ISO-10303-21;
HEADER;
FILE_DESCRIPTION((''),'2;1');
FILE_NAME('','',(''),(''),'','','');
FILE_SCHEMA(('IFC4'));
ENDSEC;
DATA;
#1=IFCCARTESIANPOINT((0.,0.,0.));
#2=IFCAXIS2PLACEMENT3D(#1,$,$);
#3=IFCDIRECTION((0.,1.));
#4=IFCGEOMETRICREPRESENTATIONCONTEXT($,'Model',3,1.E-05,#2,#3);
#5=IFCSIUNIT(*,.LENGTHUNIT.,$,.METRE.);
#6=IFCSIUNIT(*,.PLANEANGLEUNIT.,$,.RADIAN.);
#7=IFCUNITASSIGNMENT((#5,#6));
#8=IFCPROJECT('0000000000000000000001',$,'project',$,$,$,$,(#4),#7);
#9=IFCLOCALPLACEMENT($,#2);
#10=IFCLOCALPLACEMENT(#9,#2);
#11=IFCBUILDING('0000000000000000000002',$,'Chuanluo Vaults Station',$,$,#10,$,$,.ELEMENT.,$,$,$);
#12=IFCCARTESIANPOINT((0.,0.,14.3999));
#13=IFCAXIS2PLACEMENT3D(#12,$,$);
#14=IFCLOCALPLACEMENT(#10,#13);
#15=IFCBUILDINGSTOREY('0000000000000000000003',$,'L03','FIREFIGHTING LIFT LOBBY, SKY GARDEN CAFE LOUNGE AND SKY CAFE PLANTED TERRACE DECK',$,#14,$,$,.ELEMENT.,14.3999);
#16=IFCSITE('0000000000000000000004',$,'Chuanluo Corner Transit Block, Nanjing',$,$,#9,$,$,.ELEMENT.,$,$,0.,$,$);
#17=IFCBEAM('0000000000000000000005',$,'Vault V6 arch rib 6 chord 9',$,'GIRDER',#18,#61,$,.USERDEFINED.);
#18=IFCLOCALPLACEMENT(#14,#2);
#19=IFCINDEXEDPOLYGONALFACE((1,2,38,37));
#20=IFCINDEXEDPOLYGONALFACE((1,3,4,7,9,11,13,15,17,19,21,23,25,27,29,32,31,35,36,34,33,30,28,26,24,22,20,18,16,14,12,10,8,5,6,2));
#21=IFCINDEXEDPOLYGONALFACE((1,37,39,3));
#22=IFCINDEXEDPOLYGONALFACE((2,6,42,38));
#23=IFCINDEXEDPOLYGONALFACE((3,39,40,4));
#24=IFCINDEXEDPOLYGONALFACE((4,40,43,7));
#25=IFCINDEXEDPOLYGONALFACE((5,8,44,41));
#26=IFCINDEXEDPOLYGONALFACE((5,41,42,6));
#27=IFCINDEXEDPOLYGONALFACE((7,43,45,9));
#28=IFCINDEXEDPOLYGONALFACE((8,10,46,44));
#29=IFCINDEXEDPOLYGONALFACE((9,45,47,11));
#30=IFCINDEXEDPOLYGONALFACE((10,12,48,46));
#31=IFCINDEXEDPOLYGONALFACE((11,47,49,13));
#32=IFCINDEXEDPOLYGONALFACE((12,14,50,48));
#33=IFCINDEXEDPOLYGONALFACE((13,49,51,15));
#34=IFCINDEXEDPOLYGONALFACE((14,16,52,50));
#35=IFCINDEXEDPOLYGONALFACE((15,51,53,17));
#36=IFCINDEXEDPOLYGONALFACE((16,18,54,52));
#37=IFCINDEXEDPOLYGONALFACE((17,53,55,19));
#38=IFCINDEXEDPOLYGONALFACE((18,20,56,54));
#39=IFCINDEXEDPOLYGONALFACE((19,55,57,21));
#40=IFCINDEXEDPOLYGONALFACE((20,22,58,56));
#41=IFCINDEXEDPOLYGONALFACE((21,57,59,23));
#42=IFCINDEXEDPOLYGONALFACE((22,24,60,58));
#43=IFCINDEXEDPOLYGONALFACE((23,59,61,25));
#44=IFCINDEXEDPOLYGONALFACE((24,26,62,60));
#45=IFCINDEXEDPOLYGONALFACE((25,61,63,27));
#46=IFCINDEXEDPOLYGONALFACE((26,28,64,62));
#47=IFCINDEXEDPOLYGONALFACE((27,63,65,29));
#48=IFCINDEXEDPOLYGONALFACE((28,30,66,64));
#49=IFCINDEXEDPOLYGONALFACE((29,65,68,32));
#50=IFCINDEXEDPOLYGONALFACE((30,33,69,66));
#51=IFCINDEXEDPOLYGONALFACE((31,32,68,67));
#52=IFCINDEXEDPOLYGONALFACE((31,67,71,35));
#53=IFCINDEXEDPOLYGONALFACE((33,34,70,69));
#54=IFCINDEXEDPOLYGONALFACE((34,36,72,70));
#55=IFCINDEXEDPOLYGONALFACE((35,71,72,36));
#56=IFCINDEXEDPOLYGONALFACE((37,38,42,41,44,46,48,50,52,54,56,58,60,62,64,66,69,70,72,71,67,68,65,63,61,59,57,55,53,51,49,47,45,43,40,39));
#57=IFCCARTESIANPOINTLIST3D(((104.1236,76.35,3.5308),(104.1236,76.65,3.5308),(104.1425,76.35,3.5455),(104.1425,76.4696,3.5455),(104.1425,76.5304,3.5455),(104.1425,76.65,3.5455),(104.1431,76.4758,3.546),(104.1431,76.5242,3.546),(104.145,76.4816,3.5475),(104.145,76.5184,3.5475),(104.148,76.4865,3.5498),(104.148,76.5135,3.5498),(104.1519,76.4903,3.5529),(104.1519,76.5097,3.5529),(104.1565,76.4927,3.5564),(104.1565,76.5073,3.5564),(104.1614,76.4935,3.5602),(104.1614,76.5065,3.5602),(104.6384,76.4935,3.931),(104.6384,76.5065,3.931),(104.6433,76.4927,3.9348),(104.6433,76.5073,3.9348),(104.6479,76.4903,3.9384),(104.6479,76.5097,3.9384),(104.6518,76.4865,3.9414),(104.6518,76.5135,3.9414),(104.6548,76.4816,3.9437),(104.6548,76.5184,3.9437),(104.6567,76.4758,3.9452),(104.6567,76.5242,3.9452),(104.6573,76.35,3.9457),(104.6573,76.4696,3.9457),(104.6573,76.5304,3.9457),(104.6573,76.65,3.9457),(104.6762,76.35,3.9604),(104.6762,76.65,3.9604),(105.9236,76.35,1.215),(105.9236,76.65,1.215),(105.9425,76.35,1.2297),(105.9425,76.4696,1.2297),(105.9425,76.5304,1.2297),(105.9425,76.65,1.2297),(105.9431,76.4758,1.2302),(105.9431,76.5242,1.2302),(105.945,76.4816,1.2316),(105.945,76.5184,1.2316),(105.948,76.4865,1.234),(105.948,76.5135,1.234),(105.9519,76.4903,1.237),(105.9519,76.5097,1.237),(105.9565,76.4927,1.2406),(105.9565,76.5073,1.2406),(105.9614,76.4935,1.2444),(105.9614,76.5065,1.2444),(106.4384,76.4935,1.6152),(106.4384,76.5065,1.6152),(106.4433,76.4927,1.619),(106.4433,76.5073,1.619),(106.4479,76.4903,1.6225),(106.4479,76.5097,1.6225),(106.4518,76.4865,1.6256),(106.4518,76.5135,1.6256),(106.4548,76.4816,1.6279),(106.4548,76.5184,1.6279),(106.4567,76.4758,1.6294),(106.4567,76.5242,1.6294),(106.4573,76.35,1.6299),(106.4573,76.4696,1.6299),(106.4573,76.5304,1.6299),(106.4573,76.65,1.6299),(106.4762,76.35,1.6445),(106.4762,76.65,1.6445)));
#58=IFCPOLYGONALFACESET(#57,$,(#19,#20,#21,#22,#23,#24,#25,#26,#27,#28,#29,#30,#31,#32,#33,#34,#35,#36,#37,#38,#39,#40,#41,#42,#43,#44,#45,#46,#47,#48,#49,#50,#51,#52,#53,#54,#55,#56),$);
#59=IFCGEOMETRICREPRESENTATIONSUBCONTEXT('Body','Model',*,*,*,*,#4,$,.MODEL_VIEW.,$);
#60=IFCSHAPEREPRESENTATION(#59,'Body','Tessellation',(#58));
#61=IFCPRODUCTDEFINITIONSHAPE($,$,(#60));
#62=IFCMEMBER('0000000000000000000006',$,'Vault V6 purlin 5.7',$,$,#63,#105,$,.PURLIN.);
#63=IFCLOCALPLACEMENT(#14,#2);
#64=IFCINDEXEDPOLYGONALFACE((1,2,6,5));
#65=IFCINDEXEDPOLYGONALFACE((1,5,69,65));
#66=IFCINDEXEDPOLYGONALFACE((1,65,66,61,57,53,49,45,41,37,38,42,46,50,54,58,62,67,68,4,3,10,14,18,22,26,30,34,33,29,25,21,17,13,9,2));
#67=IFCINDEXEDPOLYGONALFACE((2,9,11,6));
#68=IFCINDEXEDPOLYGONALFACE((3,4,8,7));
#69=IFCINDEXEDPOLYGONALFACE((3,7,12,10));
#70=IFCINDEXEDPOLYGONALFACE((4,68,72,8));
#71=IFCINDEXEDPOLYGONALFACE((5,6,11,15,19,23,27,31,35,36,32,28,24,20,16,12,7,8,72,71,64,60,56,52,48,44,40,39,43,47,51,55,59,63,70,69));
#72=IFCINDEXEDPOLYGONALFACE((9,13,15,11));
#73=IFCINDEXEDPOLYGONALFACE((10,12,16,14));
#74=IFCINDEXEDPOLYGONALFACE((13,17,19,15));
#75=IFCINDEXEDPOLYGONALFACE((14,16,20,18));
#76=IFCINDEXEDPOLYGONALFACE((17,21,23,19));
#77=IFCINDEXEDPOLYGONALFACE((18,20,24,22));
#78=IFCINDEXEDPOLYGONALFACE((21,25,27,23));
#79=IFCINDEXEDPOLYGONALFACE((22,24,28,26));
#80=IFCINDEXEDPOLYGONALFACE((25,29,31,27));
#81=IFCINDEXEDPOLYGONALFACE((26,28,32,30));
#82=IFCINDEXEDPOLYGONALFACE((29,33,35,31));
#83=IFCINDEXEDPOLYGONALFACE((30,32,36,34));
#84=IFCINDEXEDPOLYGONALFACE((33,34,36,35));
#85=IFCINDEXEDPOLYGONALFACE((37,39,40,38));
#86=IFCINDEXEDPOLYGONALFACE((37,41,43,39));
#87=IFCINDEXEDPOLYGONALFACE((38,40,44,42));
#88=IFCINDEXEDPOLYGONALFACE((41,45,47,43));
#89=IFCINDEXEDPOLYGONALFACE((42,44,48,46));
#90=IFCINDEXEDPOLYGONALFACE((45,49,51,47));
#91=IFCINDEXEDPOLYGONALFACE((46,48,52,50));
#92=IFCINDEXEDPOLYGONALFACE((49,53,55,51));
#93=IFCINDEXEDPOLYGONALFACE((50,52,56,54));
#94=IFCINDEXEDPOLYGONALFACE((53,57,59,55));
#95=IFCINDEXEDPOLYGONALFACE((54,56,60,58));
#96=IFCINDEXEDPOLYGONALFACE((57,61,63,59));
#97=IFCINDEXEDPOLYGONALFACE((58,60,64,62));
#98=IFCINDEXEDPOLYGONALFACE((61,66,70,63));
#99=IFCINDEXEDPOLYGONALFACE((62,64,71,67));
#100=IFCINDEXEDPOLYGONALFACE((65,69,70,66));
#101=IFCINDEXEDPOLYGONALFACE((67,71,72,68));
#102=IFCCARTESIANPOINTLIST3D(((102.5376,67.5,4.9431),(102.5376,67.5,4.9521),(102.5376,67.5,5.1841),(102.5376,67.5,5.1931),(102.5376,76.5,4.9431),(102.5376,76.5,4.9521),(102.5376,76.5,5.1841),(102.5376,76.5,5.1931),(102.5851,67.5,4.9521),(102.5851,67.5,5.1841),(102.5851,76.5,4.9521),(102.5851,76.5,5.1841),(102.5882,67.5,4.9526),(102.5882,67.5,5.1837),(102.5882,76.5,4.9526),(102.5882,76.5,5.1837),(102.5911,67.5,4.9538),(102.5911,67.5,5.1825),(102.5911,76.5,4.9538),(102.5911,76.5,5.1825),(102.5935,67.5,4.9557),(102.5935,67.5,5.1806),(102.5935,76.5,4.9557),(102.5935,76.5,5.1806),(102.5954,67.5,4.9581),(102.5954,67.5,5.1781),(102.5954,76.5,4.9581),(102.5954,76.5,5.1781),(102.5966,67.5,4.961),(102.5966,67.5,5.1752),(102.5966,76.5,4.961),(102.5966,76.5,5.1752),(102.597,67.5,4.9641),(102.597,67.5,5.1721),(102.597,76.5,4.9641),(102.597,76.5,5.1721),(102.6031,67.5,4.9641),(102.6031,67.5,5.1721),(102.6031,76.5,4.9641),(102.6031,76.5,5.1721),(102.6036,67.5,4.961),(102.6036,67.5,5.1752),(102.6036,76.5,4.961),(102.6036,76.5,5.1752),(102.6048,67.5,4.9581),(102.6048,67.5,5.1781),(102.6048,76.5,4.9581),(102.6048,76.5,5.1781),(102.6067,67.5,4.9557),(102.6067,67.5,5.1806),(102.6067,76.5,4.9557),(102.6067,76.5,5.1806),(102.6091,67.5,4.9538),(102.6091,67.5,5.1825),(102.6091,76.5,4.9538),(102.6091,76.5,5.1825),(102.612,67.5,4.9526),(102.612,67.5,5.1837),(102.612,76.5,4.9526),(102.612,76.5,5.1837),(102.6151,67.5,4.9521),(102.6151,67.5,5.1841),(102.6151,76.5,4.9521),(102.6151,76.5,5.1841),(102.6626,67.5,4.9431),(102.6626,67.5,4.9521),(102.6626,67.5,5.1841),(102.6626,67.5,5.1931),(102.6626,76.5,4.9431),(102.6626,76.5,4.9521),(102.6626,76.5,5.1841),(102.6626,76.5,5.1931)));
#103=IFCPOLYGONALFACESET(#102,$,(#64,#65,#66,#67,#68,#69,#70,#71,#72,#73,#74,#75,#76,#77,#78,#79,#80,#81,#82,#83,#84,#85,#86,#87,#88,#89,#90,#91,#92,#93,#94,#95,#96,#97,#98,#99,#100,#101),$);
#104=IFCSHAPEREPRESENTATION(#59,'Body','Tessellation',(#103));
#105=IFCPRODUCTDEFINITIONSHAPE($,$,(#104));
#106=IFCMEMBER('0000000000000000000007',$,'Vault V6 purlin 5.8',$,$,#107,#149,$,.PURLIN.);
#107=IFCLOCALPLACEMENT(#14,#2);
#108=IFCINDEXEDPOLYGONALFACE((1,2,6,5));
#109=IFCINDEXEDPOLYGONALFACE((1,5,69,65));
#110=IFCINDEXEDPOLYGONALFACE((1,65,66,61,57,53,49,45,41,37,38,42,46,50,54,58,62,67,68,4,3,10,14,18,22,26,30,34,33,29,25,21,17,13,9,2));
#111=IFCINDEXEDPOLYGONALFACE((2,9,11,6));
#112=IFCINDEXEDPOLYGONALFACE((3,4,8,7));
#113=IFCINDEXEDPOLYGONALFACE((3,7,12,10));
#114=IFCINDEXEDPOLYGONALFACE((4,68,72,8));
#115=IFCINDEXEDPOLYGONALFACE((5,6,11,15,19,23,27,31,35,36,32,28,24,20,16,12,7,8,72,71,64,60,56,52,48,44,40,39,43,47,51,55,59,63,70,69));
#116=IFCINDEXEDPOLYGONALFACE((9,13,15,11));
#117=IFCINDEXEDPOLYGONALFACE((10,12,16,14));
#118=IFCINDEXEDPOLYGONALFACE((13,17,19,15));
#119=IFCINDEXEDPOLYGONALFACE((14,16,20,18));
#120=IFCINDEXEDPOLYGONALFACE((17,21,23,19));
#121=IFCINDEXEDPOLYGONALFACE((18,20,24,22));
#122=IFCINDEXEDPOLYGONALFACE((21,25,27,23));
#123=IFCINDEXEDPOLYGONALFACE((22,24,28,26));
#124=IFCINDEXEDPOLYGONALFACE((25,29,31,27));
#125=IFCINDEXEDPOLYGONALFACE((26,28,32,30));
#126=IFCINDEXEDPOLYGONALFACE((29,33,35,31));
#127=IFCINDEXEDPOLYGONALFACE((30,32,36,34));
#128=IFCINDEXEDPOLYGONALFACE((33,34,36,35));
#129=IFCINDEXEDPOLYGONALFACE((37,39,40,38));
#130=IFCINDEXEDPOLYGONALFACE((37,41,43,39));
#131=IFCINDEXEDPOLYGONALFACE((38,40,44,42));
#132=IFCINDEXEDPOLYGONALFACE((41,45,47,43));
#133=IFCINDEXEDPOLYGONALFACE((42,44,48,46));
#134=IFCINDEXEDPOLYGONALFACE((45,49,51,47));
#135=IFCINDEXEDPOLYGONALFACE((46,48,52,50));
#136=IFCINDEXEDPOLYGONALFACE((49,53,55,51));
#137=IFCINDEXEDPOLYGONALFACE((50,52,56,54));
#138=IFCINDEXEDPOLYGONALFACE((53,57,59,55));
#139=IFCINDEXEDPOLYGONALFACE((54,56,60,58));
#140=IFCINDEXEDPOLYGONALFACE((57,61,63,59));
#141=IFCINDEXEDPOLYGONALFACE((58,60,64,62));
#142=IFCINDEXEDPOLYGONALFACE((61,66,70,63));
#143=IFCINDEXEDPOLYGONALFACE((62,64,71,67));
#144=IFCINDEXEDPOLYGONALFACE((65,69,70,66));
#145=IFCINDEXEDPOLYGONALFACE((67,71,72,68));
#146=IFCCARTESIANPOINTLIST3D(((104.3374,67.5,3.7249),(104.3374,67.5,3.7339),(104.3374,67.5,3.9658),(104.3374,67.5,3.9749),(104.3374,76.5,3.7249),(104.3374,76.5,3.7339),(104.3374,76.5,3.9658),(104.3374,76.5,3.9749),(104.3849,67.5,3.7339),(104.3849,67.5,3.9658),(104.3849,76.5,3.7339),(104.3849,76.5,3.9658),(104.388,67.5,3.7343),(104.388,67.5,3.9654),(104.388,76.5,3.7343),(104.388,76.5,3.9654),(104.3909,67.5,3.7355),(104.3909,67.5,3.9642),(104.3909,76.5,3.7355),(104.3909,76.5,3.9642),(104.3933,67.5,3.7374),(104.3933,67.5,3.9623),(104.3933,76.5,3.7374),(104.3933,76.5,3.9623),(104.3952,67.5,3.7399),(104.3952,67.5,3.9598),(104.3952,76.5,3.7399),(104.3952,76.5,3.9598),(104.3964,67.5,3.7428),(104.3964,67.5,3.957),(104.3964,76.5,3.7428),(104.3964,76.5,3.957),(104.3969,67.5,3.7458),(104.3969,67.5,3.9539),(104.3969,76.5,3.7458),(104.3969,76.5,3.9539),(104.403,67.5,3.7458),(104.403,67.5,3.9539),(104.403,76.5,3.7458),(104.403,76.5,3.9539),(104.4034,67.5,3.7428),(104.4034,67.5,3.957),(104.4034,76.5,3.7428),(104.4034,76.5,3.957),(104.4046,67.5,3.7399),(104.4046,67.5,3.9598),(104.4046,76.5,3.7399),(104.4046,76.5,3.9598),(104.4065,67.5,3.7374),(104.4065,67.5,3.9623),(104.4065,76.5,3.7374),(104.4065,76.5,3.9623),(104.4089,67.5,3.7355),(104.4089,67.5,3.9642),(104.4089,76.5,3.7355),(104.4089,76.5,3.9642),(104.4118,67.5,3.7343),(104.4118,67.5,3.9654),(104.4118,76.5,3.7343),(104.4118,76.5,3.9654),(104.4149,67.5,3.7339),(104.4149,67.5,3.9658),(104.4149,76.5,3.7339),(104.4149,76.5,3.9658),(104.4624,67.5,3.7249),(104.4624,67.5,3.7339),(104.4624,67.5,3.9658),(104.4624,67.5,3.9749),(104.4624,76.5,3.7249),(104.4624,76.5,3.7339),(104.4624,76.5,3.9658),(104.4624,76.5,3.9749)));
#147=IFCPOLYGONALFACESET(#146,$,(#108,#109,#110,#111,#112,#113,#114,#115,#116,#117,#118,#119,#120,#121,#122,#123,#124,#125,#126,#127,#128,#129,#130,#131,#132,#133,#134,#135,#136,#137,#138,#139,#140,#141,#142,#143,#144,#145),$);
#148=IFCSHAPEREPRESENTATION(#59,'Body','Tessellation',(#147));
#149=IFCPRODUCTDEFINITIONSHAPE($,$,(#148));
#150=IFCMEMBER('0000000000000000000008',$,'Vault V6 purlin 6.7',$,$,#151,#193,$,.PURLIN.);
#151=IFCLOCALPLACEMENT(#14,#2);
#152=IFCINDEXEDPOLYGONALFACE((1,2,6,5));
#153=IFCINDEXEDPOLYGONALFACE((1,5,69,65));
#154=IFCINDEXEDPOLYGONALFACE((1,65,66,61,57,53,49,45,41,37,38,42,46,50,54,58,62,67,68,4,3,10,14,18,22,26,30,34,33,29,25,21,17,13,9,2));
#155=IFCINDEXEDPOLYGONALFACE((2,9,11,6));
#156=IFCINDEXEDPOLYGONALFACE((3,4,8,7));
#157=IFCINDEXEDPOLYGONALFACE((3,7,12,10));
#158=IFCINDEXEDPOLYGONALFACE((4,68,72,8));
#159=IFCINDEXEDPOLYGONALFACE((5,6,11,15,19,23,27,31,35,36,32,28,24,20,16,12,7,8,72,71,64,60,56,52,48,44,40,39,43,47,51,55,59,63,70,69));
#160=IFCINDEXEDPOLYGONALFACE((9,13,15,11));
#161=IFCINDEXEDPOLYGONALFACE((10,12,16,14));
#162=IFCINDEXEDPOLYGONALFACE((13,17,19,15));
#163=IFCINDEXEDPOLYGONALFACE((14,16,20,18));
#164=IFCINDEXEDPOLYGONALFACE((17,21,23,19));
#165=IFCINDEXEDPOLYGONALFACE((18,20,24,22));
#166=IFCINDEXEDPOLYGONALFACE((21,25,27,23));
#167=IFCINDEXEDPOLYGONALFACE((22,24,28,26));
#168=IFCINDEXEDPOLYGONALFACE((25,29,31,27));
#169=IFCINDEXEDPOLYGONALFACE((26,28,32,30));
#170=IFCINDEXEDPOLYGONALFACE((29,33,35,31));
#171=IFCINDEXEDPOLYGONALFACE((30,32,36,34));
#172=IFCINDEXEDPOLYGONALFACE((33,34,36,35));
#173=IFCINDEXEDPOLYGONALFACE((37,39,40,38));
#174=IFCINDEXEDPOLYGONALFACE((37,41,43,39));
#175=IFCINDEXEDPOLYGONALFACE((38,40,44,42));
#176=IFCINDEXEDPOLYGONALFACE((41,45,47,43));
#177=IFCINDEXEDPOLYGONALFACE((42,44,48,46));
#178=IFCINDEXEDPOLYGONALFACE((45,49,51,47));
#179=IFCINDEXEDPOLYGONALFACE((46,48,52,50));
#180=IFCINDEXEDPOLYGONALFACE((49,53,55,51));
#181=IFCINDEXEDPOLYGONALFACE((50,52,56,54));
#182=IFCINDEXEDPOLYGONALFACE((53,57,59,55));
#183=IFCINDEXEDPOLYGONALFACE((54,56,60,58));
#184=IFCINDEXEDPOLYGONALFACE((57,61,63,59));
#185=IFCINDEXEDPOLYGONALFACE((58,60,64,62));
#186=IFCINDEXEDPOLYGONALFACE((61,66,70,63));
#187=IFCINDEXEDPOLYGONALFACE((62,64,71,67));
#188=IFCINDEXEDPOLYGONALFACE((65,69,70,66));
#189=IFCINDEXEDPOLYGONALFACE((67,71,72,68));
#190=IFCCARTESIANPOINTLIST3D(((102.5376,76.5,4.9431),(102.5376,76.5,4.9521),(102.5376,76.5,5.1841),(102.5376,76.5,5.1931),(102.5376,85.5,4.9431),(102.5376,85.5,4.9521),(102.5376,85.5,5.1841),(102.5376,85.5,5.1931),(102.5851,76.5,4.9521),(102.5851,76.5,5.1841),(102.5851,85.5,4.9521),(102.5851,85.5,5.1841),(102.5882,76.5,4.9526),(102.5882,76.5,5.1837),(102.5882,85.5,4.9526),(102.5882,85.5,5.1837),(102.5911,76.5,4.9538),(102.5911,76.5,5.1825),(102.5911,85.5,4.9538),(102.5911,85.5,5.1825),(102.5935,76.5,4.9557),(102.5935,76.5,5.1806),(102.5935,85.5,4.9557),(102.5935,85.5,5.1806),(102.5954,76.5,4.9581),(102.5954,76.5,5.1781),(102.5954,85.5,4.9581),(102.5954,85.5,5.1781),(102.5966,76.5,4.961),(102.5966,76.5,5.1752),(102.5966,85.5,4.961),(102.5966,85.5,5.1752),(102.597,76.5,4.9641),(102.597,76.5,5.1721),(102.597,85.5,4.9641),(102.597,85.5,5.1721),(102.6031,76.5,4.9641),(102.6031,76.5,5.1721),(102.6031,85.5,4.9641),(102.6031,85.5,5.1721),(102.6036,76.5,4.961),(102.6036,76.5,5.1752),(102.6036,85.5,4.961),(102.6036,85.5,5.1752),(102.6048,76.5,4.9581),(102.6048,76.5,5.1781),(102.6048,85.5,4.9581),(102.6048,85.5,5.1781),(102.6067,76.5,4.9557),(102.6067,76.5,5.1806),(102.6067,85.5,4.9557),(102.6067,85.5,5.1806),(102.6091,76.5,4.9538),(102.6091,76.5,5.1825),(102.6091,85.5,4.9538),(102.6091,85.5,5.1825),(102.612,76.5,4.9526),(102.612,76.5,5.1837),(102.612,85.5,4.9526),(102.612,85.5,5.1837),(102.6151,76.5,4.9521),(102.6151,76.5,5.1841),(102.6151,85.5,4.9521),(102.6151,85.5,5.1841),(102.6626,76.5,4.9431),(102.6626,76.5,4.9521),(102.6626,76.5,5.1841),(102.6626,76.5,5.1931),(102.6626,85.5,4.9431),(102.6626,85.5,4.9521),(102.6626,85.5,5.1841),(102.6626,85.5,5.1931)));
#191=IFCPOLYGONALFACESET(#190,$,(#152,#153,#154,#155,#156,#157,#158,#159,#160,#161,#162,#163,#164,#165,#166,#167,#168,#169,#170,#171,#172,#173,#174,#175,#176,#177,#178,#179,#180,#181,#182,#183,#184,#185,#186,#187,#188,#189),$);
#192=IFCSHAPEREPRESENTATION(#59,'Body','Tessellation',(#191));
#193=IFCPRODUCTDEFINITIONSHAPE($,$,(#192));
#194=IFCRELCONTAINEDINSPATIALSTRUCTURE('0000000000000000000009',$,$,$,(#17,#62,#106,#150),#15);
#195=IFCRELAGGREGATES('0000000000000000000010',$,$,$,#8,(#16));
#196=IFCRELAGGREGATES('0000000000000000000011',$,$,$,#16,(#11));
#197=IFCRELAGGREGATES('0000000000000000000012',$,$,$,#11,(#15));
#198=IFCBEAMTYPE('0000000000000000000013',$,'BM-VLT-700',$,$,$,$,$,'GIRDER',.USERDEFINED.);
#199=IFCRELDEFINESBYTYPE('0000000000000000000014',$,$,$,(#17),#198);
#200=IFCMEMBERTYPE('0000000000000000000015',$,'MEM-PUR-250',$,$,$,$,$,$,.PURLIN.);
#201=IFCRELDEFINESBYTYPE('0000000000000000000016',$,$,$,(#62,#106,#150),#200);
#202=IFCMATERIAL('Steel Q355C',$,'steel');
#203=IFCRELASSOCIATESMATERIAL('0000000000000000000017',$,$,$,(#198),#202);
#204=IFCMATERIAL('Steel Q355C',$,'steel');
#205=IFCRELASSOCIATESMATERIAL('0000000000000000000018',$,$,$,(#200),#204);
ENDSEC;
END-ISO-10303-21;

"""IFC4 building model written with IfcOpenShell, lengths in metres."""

from ifc_helpers import new_model, si_unit, direction, frame, origin, origin_2d, place, context, subcontext, project, spatial, i_section, extrude, material, material_profile, profile_set, type_object, element, save


model = new_model("IFC4")

# Units and contexts
model_context = context("Model", 3, precision=1e-05, world=origin(), true_north=direction((0.0, 1.0)))
body_context = subcontext(model_context, "Body", "Model", "MODEL_VIEW")
ifc_project = project(units=[si_unit("LENGTHUNIT", "METRE"), si_unit("PLANEANGLEUNIT", "RADIAN")], contexts=[model_context])

# Site, building, storey
site_placement = place(None, origin())
site = spatial("IfcSite", under=ifc_project, at=site_placement, Name="Chuanluo Corner Transit Block, Nanjing", CompositionType="ELEMENT", RefElevation=0.0)
building_placement = place(site_placement, origin())
building = spatial("IfcBuilding", under=site, at=building_placement, Name="Chuanluo Vaults Station", CompositionType="ELEMENT")
storey_placement = place(building_placement, frame((0.0, 0.0, 14.3999)))
storey = spatial("IfcBuildingStorey", under=building, at=storey_placement, Name="L03", Description="FIREFIGHTING LIFT LOBBY, SKY GARDEN CAFE LOUNGE AND SKY CAFE PLANTED TERRACE DECK", CompositionType="ELEMENT", Elevation=14.3999)

# Beam
ifc_material_1 = material(Name="Steel Q355C", Category="steel")
ifc_material_profile_1 = material_profile(ifc_material_1, i_section(OverallWidth=0.3, OverallDepth=0.7, WebThickness=0.0129, FlangeThickness=0.0239, FilletRadius=0.0239, at=origin_2d()))
ifc_profile_set_1 = profile_set([ifc_material_profile_1], Name="Steel Q355C")
beam_type = type_object("IfcBeamType", Name="BM-VLT-700", ElementType="GIRDER", PredefinedType="USERDEFINED", material=ifc_profile_set_1)
beam_1_placement = place(storey_placement, frame((104.3999, 76.5, 3.7456), z_axis=(0.613681, 0.0, -0.789554), x_axis=(0.0, 1.0, 0.0)))
element("IfcBeam", 1, at=beam_1_placement, inside=storey, type_object=beam_type, Name="Vault V6 arch rib 6 chord 9", ObjectType="GIRDER", PredefinedType="USERDEFINED", context=body_context, shape_type="SweptSolid", body=[
    extrude(i_section(OverallWidth=0.3, OverallDepth=0.7, WebThickness=0.0129, FlangeThickness=0.0239, FilletRadius=0.0239, at=origin_2d()), origin(), (0.0, 0.0, 1.0), 2.9331),
])

# Members
ifc_material_2 = material(Name="Steel Q355C", Category="steel")
ifc_material_profile_2 = material_profile(ifc_material_2, i_section(OverallWidth=0.125, OverallDepth=0.25, WebThickness=0.0061, FlangeThickness=0.009, FilletRadius=0.012, at=origin_2d()))
ifc_profile_set_2 = profile_set([ifc_material_profile_2], Name="Steel Q355C")
member_type_1 = type_object("IfcMemberType", Name="MEM-PUR-250", PredefinedType="PURLIN", material=ifc_profile_set_2)
for number, where, z_axis, x_axis, name in (
    (2, (102.6001, 67.5, 5.0681), (0.0, 1.0, 0.0), (-1.0, 0.0, 0.0), "Vault V6 purlin 5.7"),
    (3, (104.3999, 67.5, 3.8499), (0.0, 1.0, 0.0), (-1.0, 0.0, 0.0), "Vault V6 purlin 5.8"),
    (4, (102.6001, 76.5, 5.0681), (0.0, 1.0, 0.0), (-1.0, 0.0, 0.0), "Vault V6 purlin 6.7"),
):
    element("IfcMember", number, at=place(storey_placement, frame(where, z_axis=z_axis, x_axis=x_axis)), inside=storey, type_object=member_type_1, Name=name, PredefinedType="PURLIN", context=body_context, shape_type="SweptSolid", body=[
        extrude(i_section(OverallWidth=0.125, OverallDepth=0.25, WebThickness=0.0061, FlangeThickness=0.009, FilletRadius=0.012, at=origin_2d()), origin(), (0.0, 0.0, 1.0), 9.0),
    ])

save(model, "model.ifc")
